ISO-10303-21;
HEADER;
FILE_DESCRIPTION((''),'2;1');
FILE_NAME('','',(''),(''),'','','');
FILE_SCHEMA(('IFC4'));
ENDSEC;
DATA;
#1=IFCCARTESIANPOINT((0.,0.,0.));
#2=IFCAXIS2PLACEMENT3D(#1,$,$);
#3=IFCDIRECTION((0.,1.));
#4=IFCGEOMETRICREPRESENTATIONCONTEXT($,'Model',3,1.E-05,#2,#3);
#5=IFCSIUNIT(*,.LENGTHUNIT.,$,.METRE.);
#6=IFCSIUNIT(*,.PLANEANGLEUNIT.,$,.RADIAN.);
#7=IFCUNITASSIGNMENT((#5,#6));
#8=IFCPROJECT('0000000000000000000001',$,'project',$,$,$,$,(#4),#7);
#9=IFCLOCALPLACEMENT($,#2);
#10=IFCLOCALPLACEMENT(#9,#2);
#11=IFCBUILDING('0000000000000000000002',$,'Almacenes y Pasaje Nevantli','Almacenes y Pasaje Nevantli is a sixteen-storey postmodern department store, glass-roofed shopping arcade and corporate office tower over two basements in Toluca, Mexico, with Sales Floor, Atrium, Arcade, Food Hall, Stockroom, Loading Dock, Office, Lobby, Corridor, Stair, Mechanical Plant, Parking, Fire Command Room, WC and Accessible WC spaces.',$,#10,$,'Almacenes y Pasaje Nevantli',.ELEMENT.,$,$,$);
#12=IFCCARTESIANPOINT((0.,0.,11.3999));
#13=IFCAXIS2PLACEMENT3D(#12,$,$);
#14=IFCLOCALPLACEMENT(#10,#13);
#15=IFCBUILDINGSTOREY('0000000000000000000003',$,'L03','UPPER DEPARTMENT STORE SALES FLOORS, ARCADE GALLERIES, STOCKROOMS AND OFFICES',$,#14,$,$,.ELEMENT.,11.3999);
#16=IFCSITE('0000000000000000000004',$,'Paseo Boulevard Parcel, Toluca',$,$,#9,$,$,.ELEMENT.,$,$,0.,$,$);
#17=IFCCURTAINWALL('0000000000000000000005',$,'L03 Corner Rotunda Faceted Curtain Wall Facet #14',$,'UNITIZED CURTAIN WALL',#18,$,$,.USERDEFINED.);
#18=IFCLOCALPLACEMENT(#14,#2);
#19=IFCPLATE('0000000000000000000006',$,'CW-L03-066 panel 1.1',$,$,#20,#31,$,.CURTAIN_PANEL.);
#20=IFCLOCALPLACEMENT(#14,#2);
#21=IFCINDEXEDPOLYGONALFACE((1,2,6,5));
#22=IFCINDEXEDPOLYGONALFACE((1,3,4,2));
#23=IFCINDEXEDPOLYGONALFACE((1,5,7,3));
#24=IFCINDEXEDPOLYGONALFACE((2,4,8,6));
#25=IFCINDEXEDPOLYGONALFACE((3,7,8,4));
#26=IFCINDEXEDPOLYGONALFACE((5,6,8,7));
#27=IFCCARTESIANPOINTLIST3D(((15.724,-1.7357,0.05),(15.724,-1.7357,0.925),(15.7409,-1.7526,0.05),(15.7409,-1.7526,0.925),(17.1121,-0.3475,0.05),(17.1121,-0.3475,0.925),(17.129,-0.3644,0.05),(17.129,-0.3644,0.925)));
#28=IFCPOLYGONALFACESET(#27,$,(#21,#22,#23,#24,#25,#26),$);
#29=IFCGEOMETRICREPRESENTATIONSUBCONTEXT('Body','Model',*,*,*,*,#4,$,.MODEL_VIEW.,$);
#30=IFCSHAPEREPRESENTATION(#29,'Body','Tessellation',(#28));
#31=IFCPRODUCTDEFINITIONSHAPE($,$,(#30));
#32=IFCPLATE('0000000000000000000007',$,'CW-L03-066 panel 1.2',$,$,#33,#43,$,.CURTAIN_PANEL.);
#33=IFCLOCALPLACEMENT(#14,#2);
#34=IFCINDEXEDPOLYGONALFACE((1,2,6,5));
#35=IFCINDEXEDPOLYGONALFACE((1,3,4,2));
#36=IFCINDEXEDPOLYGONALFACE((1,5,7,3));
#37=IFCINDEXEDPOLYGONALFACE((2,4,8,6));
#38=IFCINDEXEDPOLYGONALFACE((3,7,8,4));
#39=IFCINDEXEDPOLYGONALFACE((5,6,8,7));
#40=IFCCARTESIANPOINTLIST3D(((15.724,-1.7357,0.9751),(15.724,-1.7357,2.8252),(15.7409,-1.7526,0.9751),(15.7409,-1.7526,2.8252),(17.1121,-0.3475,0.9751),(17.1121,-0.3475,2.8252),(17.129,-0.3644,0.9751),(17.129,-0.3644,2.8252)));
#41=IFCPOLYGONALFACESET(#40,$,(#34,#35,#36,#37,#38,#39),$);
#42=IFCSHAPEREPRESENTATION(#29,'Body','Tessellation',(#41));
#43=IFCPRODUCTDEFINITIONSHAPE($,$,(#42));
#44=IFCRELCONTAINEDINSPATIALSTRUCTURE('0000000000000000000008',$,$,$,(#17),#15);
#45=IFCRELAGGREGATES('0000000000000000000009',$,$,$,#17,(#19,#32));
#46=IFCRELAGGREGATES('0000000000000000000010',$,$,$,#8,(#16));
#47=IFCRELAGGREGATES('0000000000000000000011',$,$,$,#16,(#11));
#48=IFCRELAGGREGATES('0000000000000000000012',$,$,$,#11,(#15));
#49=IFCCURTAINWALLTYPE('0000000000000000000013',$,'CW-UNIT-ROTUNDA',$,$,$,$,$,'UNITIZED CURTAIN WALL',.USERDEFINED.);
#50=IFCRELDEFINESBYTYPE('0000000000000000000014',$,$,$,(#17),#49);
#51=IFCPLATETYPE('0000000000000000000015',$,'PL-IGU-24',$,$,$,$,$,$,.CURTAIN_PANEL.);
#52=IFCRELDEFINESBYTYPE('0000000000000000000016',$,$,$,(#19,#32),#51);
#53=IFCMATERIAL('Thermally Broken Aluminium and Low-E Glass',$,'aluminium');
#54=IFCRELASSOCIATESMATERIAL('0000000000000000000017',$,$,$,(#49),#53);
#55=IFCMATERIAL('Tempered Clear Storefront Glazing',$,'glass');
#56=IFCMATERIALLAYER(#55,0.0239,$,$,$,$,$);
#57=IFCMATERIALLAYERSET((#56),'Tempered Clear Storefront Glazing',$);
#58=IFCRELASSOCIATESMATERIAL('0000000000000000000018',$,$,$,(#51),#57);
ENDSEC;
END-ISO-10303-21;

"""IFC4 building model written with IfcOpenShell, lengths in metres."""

from ifc_helpers import new_model, si_unit, direction, frame, origin, origin_2d, place, context, subcontext, project, spatial, rectangle, extrude, material, layer, layer_set, type_object, element, aggregate, save


model = new_model("IFC4")

# Units and contexts
model_context = context("Model", 3, precision=1e-05, world=origin(), true_north=direction((0.0, 1.0)))
body_context = subcontext(model_context, "Body", "Model", "MODEL_VIEW")
ifc_project = project(units=[si_unit("LENGTHUNIT", "METRE"), si_unit("PLANEANGLEUNIT", "RADIAN")], contexts=[model_context])

# Site, building, storey
site_placement = place(None, origin())
site = spatial("IfcSite", under=ifc_project, at=site_placement, Name="Paseo Boulevard Parcel, Toluca", CompositionType="ELEMENT", RefElevation=0.0)
building_placement = place(site_placement, origin())
building = spatial("IfcBuilding", under=site, at=building_placement, Name="Almacenes y Pasaje Nevantli", Description="Almacenes y Pasaje Nevantli is a sixteen-storey postmodern department store, glass-roofed shopping arcade and corporate office tower over two basements in Toluca, Mexico, with Sales Floor, Atrium, Arcade, Food Hall, Stockroom, Loading Dock, Office, Lobby, Corridor, Stair, Mechanical Plant, Parking, Fire Command Room, WC and Accessible WC spaces.", LongName="Almacenes y Pasaje Nevantli", CompositionType="ELEMENT")
storey_placement = place(building_placement, frame((0.0, 0.0, 11.3999)))
storey = spatial("IfcBuildingStorey", under=building, at=storey_placement, Name="L03", Description="UPPER DEPARTMENT STORE SALES FLOORS, ARCADE GALLERIES, STOCKROOMS AND OFFICES", CompositionType="ELEMENT", Elevation=11.3999)

# Shared definitions
ifc_material_1 = material(Name="Thermally Broken Aluminium and Low-E Glass", Category="aluminium")
curtain_wall_type = type_object("IfcCurtainWallType", Name="CW-UNIT-ROTUNDA", ElementType="UNITIZED CURTAIN WALL", PredefinedType="USERDEFINED", material=ifc_material_1)

# Curtain wall
curtain_wall_1_placement = place(storey_placement, origin())
curtain_wall_1 = element("IfcCurtainWall", 1, at=curtain_wall_1_placement, inside=storey, type_object=curtain_wall_type, Name="L03 Corner Rotunda Faceted Curtain Wall Facet #14", ObjectType="UNITIZED CURTAIN WALL", PredefinedType="USERDEFINED")

# Plates
ifc_material_2 = material(Name="Tempered Clear Storefront Glazing", Category="glass")
ifc_layer = layer(ifc_material_2, 0.0239)
ifc_layer_set = layer_set([ifc_layer], Name="Tempered Clear Storefront Glazing")
plate_type = type_object("IfcPlateType", Name="PL-IGU-24", PredefinedType="CURTAIN_PANEL", material=ifc_layer_set)
plate_1_placement = place(storey_placement, frame((16.4265, -1.05, 0.05), z_axis=(0.0, 0.0, 1.0), x_axis=(0.707107, 0.707107, 0.0)))
plate_1 = element("IfcPlate", 2, at=plate_1_placement, type_object=plate_type, Name="CW-L03-066 panel 1.1", PredefinedType="CURTAIN_PANEL", context=body_context, shape_type="SweptSolid", body=[
    extrude(rectangle(XDim=1.9631, YDim=0.0239, at=origin_2d()), origin(), (0.0, 0.0, 1.0), 0.875),
])
plate_2_placement = place(storey_placement, frame((16.4265, -1.05, 0.9751), z_axis=(0.0, 0.0, 1.0), x_axis=(0.707107, 0.707107, 0.0)))
plate_2 = element("IfcPlate", 3, at=plate_2_placement, type_object=plate_type, Name="CW-L03-066 panel 1.2", PredefinedType="CURTAIN_PANEL", context=body_context, shape_type="SweptSolid", body=[
    extrude(rectangle(XDim=1.9631, YDim=0.0239, at=origin_2d()), origin(), (0.0, 0.0, 1.0), 1.8501),
])
aggregate(curtain_wall_1, [plate_1, plate_2])

save(model, "model.ifc")
